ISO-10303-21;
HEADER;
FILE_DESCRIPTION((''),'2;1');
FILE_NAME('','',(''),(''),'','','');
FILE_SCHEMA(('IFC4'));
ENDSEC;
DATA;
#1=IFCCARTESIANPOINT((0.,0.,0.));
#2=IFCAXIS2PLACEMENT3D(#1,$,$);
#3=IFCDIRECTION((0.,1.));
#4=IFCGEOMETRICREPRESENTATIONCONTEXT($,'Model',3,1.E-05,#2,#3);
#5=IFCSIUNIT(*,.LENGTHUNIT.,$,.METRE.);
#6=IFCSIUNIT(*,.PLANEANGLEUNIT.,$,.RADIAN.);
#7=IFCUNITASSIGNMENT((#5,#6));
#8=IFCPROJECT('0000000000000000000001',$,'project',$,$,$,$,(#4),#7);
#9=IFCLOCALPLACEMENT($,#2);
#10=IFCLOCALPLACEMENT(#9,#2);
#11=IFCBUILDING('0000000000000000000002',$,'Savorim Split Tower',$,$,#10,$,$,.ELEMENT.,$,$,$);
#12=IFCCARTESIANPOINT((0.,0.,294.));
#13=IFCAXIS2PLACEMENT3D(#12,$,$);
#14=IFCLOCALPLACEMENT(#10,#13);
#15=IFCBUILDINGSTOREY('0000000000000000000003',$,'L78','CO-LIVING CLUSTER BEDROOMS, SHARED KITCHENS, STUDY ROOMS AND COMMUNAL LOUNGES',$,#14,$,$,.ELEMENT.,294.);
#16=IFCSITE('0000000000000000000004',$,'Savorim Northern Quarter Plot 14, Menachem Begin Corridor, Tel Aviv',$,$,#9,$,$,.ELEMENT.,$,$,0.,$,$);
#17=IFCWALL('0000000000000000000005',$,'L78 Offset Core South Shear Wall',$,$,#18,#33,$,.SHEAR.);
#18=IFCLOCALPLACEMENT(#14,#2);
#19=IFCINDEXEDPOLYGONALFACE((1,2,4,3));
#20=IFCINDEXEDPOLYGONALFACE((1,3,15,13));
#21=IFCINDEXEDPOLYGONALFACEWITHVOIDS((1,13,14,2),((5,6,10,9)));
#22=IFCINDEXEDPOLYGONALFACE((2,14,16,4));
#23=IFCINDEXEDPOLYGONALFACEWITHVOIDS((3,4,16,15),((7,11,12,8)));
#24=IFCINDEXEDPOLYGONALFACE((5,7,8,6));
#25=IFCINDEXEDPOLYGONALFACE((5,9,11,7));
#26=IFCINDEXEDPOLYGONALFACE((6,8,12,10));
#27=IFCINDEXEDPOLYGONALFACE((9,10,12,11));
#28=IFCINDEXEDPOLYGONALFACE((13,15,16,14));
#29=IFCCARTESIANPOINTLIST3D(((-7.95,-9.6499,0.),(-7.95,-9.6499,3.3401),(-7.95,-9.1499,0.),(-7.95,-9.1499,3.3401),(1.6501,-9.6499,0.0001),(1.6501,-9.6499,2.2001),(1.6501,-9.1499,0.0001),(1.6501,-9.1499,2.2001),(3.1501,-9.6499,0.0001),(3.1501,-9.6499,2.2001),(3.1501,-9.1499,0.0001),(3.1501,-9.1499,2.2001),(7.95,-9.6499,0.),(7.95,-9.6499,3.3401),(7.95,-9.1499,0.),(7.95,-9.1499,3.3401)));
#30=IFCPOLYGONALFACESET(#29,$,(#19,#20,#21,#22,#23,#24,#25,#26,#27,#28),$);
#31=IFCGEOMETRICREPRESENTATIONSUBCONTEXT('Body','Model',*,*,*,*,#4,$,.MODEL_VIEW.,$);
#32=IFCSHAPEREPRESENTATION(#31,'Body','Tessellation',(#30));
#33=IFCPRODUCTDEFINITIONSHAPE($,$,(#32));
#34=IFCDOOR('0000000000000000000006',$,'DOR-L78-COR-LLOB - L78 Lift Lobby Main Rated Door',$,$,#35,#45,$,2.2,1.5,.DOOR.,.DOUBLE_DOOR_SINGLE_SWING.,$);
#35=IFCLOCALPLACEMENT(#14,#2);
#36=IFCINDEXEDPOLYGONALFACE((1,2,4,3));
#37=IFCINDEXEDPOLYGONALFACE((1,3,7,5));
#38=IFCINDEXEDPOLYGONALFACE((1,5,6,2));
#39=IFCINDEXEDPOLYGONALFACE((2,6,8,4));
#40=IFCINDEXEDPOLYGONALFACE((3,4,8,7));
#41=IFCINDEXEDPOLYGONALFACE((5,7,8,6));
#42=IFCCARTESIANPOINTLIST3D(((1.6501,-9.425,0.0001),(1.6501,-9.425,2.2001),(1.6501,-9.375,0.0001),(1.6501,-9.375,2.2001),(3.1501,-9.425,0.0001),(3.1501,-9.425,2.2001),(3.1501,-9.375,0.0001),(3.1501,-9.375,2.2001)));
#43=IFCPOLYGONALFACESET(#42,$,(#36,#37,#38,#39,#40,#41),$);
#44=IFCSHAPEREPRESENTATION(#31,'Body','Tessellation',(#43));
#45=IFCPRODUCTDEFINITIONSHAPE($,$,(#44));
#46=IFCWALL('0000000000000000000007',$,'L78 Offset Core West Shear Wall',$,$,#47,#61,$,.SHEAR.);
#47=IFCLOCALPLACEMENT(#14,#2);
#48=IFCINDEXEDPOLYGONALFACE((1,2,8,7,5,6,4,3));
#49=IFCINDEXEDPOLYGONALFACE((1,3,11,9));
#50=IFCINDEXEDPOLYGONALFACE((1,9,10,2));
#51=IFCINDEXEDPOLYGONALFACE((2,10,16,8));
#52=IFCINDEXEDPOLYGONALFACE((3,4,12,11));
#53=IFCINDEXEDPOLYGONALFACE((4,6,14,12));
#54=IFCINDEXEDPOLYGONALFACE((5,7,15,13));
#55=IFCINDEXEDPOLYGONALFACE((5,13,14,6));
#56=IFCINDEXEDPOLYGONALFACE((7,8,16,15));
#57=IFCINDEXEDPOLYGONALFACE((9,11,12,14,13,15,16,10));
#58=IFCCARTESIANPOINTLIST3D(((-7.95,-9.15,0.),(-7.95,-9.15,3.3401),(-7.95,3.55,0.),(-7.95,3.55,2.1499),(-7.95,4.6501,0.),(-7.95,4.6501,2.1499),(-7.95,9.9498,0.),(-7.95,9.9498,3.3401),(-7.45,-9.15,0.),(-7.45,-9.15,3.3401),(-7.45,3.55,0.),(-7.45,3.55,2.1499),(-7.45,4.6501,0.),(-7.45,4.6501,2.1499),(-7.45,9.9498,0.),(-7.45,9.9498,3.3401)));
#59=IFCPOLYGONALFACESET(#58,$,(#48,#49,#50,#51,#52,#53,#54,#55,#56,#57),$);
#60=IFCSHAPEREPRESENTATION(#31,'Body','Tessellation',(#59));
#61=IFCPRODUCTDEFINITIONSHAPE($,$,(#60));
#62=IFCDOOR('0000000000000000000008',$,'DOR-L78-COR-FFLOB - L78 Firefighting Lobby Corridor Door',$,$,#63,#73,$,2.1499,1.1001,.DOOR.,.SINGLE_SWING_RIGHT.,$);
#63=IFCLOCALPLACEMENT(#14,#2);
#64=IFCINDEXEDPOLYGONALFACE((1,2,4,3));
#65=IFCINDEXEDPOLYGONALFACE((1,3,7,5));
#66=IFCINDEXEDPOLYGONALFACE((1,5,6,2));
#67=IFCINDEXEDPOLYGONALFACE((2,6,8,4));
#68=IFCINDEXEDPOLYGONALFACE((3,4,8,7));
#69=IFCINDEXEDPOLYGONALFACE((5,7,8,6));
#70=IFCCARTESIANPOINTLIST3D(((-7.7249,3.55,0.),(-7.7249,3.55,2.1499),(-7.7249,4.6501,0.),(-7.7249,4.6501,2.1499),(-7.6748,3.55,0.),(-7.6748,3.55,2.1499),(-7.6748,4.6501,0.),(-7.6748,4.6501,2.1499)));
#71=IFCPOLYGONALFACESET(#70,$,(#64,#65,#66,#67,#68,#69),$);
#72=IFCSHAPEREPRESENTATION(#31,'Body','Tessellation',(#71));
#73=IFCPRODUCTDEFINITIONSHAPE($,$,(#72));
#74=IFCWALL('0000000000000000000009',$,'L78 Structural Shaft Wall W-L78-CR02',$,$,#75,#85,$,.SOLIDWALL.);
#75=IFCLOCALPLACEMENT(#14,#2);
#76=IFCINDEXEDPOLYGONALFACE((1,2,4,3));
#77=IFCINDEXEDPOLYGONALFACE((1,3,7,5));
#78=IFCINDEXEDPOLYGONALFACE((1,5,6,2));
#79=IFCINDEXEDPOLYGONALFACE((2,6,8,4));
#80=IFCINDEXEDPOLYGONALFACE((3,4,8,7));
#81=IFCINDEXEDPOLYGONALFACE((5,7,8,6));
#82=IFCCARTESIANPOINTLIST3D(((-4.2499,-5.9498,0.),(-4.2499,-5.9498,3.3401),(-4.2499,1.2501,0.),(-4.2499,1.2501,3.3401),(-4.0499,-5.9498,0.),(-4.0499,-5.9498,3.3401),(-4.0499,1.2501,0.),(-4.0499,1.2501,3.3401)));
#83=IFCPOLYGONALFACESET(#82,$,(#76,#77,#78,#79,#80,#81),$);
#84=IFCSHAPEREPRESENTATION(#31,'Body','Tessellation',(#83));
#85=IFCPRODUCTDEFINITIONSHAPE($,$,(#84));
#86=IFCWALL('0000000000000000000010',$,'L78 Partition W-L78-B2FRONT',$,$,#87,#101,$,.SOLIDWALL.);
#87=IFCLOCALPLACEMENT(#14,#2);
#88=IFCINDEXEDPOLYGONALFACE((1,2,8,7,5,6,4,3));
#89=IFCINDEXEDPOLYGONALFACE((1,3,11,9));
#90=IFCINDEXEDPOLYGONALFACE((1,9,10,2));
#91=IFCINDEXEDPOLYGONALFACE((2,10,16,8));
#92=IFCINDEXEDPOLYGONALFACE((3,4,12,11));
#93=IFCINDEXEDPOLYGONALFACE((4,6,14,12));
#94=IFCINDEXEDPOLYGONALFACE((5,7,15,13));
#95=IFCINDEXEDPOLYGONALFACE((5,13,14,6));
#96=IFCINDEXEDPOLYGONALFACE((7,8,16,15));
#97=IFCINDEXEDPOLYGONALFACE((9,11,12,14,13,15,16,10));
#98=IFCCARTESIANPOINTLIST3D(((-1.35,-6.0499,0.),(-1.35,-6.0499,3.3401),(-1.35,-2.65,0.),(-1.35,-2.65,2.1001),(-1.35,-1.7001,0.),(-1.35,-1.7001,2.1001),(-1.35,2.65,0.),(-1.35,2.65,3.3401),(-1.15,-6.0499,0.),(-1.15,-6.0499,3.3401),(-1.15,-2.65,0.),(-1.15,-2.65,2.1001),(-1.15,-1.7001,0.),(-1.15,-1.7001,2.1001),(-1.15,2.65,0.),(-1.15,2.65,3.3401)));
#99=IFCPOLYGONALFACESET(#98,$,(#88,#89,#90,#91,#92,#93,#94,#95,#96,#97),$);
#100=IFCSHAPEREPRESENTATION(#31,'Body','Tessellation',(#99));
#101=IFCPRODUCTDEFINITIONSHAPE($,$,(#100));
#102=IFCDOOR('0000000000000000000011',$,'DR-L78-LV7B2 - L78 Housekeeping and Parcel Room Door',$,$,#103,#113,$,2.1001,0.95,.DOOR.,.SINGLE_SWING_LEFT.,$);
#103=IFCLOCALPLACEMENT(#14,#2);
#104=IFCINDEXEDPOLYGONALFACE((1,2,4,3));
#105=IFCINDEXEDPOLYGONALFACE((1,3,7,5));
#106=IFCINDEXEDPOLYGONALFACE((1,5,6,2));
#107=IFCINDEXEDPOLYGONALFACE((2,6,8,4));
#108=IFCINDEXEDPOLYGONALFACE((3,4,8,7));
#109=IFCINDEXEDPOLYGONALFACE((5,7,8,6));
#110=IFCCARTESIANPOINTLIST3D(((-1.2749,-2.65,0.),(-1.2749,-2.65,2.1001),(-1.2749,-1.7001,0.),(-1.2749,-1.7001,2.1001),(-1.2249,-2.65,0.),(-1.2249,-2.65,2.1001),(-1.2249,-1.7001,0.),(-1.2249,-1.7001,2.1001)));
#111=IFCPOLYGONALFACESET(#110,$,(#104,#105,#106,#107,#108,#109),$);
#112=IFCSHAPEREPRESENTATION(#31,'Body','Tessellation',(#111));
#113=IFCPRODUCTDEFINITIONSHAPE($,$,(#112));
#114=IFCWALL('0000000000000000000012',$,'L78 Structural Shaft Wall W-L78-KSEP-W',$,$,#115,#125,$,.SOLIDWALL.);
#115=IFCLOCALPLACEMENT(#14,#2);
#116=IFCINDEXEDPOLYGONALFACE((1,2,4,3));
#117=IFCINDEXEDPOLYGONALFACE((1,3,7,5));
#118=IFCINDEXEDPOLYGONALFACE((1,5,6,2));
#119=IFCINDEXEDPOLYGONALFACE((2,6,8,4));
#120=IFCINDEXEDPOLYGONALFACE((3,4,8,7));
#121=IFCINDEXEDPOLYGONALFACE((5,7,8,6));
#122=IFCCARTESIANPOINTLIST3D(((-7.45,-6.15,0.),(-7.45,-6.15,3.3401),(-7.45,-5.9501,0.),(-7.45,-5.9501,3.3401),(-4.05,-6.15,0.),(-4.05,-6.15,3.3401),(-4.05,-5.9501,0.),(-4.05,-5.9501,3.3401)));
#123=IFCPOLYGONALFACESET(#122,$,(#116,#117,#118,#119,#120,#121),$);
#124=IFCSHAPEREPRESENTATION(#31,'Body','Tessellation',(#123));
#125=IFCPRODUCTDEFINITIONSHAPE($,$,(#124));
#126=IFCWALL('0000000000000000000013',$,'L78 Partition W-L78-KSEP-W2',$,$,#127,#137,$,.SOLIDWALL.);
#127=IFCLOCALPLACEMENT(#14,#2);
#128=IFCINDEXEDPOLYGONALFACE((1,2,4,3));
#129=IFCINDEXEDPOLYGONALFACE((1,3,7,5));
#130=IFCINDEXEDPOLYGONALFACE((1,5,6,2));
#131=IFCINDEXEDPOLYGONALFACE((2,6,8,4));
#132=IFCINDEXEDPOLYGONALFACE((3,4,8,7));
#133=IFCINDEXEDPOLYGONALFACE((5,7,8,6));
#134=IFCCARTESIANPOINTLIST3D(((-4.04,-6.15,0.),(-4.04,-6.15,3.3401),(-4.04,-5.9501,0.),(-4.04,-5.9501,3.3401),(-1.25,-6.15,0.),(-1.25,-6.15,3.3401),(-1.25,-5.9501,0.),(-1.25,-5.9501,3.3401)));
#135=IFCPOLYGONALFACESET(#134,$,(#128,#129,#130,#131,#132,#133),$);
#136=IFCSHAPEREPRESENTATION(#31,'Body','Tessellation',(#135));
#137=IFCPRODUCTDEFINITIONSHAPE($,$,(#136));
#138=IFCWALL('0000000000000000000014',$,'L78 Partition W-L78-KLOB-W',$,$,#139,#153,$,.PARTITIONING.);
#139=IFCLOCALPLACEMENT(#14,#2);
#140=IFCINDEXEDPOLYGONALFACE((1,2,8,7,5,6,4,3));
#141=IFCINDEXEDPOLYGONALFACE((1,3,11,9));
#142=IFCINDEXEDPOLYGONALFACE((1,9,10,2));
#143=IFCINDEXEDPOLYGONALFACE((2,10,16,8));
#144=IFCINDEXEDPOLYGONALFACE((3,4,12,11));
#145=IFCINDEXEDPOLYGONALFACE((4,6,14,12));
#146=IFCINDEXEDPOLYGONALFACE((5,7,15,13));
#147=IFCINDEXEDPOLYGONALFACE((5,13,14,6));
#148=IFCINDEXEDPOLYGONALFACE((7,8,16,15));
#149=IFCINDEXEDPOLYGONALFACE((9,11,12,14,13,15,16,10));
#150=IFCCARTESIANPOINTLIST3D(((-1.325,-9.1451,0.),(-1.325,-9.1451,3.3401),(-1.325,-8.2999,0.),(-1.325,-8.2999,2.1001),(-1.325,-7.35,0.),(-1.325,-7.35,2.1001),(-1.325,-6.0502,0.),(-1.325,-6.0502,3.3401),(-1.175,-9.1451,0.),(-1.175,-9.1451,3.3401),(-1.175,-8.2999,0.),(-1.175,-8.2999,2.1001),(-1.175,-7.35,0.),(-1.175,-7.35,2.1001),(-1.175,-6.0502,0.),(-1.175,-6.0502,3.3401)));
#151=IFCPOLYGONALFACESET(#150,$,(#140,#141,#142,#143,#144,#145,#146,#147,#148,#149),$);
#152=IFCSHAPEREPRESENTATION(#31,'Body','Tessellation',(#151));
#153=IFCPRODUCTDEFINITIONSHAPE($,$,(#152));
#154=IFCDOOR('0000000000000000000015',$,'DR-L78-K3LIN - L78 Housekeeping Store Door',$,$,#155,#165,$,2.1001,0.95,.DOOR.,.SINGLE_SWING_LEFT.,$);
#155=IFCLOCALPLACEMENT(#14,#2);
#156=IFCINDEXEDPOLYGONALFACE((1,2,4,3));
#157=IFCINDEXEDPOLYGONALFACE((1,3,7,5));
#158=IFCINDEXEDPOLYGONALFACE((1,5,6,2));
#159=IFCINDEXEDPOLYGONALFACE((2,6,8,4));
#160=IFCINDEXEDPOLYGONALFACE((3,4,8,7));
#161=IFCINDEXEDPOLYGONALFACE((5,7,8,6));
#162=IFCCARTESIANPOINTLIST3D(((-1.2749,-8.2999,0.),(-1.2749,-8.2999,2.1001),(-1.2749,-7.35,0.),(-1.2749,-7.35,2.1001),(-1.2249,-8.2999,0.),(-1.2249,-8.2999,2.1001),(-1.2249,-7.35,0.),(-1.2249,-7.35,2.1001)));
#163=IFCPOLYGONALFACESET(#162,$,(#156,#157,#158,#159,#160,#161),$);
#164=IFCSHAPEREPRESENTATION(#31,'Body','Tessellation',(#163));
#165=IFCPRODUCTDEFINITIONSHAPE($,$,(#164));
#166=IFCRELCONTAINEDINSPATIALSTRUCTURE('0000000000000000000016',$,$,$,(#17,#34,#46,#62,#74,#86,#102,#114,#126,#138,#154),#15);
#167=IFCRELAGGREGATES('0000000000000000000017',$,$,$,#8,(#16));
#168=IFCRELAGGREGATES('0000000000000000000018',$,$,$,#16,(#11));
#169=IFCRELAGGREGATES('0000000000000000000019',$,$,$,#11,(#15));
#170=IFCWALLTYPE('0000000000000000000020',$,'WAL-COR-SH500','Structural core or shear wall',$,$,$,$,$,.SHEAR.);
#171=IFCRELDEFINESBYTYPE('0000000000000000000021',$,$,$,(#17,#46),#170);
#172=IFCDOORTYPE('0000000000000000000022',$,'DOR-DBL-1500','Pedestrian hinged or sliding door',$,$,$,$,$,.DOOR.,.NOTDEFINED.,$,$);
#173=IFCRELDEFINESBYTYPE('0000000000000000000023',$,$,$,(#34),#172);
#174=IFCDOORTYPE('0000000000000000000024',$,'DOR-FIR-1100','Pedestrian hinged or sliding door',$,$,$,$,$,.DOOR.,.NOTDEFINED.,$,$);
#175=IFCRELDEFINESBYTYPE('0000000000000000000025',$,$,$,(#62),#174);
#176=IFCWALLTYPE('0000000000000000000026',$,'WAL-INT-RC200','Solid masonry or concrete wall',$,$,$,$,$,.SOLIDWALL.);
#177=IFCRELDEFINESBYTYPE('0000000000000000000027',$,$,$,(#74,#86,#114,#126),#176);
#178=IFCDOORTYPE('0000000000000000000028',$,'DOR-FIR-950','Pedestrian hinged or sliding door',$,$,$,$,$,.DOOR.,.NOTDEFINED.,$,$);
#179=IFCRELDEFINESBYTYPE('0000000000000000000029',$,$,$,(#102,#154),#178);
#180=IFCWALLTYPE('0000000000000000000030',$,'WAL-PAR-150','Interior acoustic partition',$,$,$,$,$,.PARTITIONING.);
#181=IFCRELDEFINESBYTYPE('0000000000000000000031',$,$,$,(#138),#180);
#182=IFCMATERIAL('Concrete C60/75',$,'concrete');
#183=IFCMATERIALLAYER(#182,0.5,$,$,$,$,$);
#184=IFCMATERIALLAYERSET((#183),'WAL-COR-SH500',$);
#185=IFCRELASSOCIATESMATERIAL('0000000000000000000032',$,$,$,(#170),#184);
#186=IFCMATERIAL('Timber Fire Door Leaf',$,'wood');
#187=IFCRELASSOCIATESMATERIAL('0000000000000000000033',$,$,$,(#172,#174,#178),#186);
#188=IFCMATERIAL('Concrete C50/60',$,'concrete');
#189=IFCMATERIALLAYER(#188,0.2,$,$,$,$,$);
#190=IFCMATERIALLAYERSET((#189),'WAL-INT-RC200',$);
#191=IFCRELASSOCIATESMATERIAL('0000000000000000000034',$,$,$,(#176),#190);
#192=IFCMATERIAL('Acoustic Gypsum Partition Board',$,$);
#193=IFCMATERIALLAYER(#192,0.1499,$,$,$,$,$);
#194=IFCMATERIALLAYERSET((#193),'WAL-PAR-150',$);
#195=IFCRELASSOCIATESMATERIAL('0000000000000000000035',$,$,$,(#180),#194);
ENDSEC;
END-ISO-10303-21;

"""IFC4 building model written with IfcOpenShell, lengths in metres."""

from ifc_helpers import new_model, si_unit, direction, frame, frame_2d, origin, place, context, subcontext, project, spatial, rectangle, extrude, material, layer, layer_set, type_object, element, fill, save


model = new_model("IFC4")

# Units and contexts
model_context = context("Model", 3, precision=1e-05, world=origin(), true_north=direction((0.0, 1.0)))
body_context = subcontext(model_context, "Body", "Model", "MODEL_VIEW")
ifc_project = project(units=[si_unit("LENGTHUNIT", "METRE"), si_unit("PLANEANGLEUNIT", "RADIAN")], contexts=[model_context])

# Site, building, storey
site_placement = place(None, origin())
site = spatial("IfcSite", under=ifc_project, at=site_placement, Name="Savorim Northern Quarter Plot 14, Menachem Begin Corridor, Tel Aviv", CompositionType="ELEMENT", RefElevation=0.0)
building_placement = place(site_placement, origin())
building = spatial("IfcBuilding", under=site, at=building_placement, Name="Savorim Split Tower", CompositionType="ELEMENT")
storey_placement = place(building_placement, frame((0.0, 0.0, 294.0)))
storey = spatial("IfcBuildingStorey", under=building, at=storey_placement, Name="L78", Description="CO-LIVING CLUSTER BEDROOMS, SHARED KITCHENS, STUDY ROOMS AND COMMUNAL LOUNGES", CompositionType="ELEMENT", Elevation=294.0)

# Walls, openings, doors
ifc_material_1 = material(Name="Concrete C60/75", Category="concrete")
ifc_layer_1 = layer(ifc_material_1, 0.5)
ifc_layer_set_1 = layer_set([ifc_layer_1], Name="WAL-COR-SH500")
wall_type_1 = type_object("IfcWallType", Name="WAL-COR-SH500", Description="Structural core or shear wall", PredefinedType="SHEAR", material=ifc_layer_set_1)
wall_1_placement = place(storey_placement, frame((-7.95, -9.3999, 0.0), z_axis=(0.0, 0.0, 1.0), x_axis=(1.0, 0.0, 0.0)))
wall_1 = element("IfcWall", 1, at=wall_1_placement, inside=storey, type_object=wall_type_1, Name="L78 Offset Core South Shear Wall", PredefinedType="SHEAR", context=body_context, shape_type="SweptSolid", body=[
    extrude(rectangle(XDim=15.8999, YDim=0.5, at=frame_2d((7.95, 0.0))), origin(), (0.0, 0.0, 1.0), 3.3401),
])
opening_1_placement = place(wall_1_placement, frame((9.6001, 0.0, 0.0)))
opening_1 = element("IfcOpeningElement", 2, at=opening_1_placement, cuts=wall_1, PredefinedType="OPENING", context=body_context, shape_type="SweptSolid", body=[
    extrude(rectangle(XDim=1.5, YDim=2.2, at=frame_2d((0.75, 1.1001))), frame((0.0, 0.26, 0.0), z_axis=(0.0, -1.0, 0.0), x_axis=(1.0, 0.0, 0.0)), (0.0, 0.0, 1.0), 0.52),
])
ifc_material_2 = material(Name="Timber Fire Door Leaf", Category="wood")
door_type_1 = type_object("IfcDoorType", Name="DOR-DBL-1500", Description="Pedestrian hinged or sliding door", OperationType="NOTDEFINED", PredefinedType="DOOR", material=ifc_material_2)
door_1_placement = place(opening_1_placement, origin())
door_1 = element("IfcDoor", 3, at=door_1_placement, inside=storey, type_object=door_type_1, Name="DOR-L78-COR-LLOB - L78 Lift Lobby Main Rated Door", OperationType="DOUBLE_DOOR_SINGLE_SWING", OverallHeight=2.2, OverallWidth=1.5, PredefinedType="DOOR", context=body_context, shape_type="SweptSolid", body=[
    extrude(rectangle(XDim=1.5, YDim=2.2, at=frame_2d((0.75, 1.1001))), frame((0.0, 0.0249, 0.0), z_axis=(0.0, -1.0, 0.0), x_axis=(1.0, 0.0, 0.0)), (0.0, 0.0, 1.0), 0.05),
])
fill(opening_1, door_1)
wall_2_placement = place(storey_placement, frame((-7.7, -9.1499, 0.0), z_axis=(0.0, 0.0, 1.0), x_axis=(0.0, 1.0, 0.0)))
wall_2 = element("IfcWall", 4, at=wall_2_placement, inside=storey, type_object=wall_type_1, Name="L78 Offset Core West Shear Wall", PredefinedType="SHEAR", context=body_context, shape_type="SweptSolid", body=[
    extrude(rectangle(XDim=19.0999, YDim=0.5, at=frame_2d((9.5498, 0.0))), origin(), (0.0, 0.0, 1.0), 3.3401),
])
opening_2_placement = place(wall_2_placement, frame((12.7, 0.0, 0.0)))
opening_2 = element("IfcOpeningElement", 5, at=opening_2_placement, cuts=wall_2, PredefinedType="OPENING", context=body_context, shape_type="SweptSolid", body=[
    extrude(rectangle(XDim=1.1001, YDim=2.1499, at=frame_2d((0.55, 1.075))), frame((0.0, 0.26, 0.0), z_axis=(0.0, -1.0, 0.0), x_axis=(1.0, 0.0, 0.0)), (0.0, 0.0, 1.0), 0.52),
])
door_type_2 = type_object("IfcDoorType", Name="DOR-FIR-1100", Description="Pedestrian hinged or sliding door", OperationType="NOTDEFINED", PredefinedType="DOOR", material=ifc_material_2)
door_2_placement = place(opening_2_placement, origin())
door_2 = element("IfcDoor", 6, at=door_2_placement, inside=storey, type_object=door_type_2, Name="DOR-L78-COR-FFLOB - L78 Firefighting Lobby Corridor Door", OperationType="SINGLE_SWING_RIGHT", OverallHeight=2.1499, OverallWidth=1.1001, PredefinedType="DOOR", context=body_context, shape_type="SweptSolid", body=[
    extrude(rectangle(XDim=1.1001, YDim=2.1499, at=frame_2d((0.55, 1.075))), frame((0.0, 0.0249, 0.0), z_axis=(0.0, -1.0, 0.0), x_axis=(1.0, 0.0, 0.0)), (0.0, 0.0, 1.0), 0.05),
])
fill(opening_2, door_2)

# Wall
ifc_material_3 = material(Name="Concrete C50/60", Category="concrete")
ifc_layer_2 = layer(ifc_material_3, 0.2)
ifc_layer_set_2 = layer_set([ifc_layer_2], Name="WAL-INT-RC200")
wall_type_2 = type_object("IfcWallType", Name="WAL-INT-RC200", Description="Solid masonry or concrete wall", PredefinedType="SOLIDWALL", material=ifc_layer_set_2)
wall_3_placement = place(storey_placement, frame((-4.1499, -5.95, 0.0), z_axis=(0.0, 0.0, 1.0), x_axis=(0.0, 1.0, 0.0)))
element("IfcWall", 7, at=wall_3_placement, inside=storey, type_object=wall_type_2, Name="L78 Structural Shaft Wall W-L78-CR02", PredefinedType="SOLIDWALL", context=body_context, shape_type="SweptSolid", body=[
    extrude(rectangle(XDim=7.2, YDim=0.2, at=frame_2d((3.6001, 0.0))), origin(), (0.0, 0.0, 1.0), 3.3401),
])

# Wall, opening, door
wall_4_placement = place(storey_placement, frame((-1.25, -6.05, 0.0), z_axis=(0.0, 0.0, 1.0), x_axis=(0.0, 1.0, 0.0)))
wall_4 = element("IfcWall", 8, at=wall_4_placement, inside=storey, type_object=wall_type_2, Name="L78 Partition W-L78-B2FRONT", PredefinedType="SOLIDWALL", context=body_context, shape_type="SweptSolid", body=[
    extrude(rectangle(XDim=8.7, YDim=0.2, at=frame_2d((4.3501, 0.0))), origin(), (0.0, 0.0, 1.0), 3.3401),
])
opening_3_placement = place(wall_4_placement, frame((3.3999, 0.0, 0.0)))
opening_3 = element("IfcOpeningElement", 9, at=opening_3_placement, cuts=wall_4, PredefinedType="OPENING", context=body_context, shape_type="SweptSolid", body=[
    extrude(rectangle(XDim=0.95, YDim=2.1001, at=frame_2d((0.4751, 1.05))), frame((0.0, 0.1099, 0.0), z_axis=(0.0, -1.0, 0.0), x_axis=(1.0, 0.0, 0.0)), (0.0, 0.0, 1.0), 0.22),
])
door_type_3 = type_object("IfcDoorType", Name="DOR-FIR-950", Description="Pedestrian hinged or sliding door", OperationType="NOTDEFINED", PredefinedType="DOOR", material=ifc_material_2)
door_3_placement = place(opening_3_placement, origin())
door_3 = element("IfcDoor", 10, at=door_3_placement, inside=storey, type_object=door_type_3, Name="DR-L78-LV7B2 - L78 Housekeeping and Parcel Room Door", OperationType="SINGLE_SWING_LEFT", OverallHeight=2.1001, OverallWidth=0.95, PredefinedType="DOOR", context=body_context, shape_type="SweptSolid", body=[
    extrude(rectangle(XDim=0.95, YDim=2.1001, at=frame_2d((0.4751, 1.05))), frame((0.0, 0.0249, 0.0), z_axis=(0.0, -1.0, 0.0), x_axis=(1.0, 0.0, 0.0)), (0.0, 0.0, 1.0), 0.05),
])
fill(opening_3, door_3)

# Walls
wall_5_placement = place(storey_placement, frame((-7.45, -6.05, 0.0), z_axis=(0.0, 0.0, 1.0), x_axis=(1.0, 0.0, 0.0)))
element("IfcWall", 11, at=wall_5_placement, inside=storey, type_object=wall_type_2, Name="L78 Structural Shaft Wall W-L78-KSEP-W", PredefinedType="SOLIDWALL", context=body_context, shape_type="SweptSolid", body=[
    extrude(rectangle(XDim=3.3999, YDim=0.2, at=frame_2d((1.7, 0.0))), origin(), (0.0, 0.0, 1.0), 3.3401),
])
wall_6_placement = place(storey_placement, frame((-4.04, -6.05, 0.0), z_axis=(0.0, 0.0, 1.0), x_axis=(1.0, 0.0, 0.0)))
element("IfcWall", 12, at=wall_6_placement, inside=storey, type_object=wall_type_2, Name="L78 Partition W-L78-KSEP-W2", PredefinedType="SOLIDWALL", context=body_context, shape_type="SweptSolid", body=[
    extrude(rectangle(XDim=2.79, YDim=0.2, at=frame_2d((1.395, 0.0))), origin(), (0.0, 0.0, 1.0), 3.3401),
])

# Wall, opening, door
ifc_material_4 = material(Name="Acoustic Gypsum Partition Board")
ifc_layer_3 = layer(ifc_material_4, 0.1499)
ifc_layer_set_3 = layer_set([ifc_layer_3], Name="WAL-PAR-150")
wall_type_3 = type_object("IfcWallType", Name="WAL-PAR-150", Description="Interior acoustic partition", PredefinedType="PARTITIONING", material=ifc_layer_set_3)
wall_7_placement = place(storey_placement, frame((-1.25, -9.145, 0.0), z_axis=(0.0, 0.0, 1.0), x_axis=(0.0, 1.0, 0.0)))
wall_7 = element("IfcWall", 13, at=wall_7_placement, inside=storey, type_object=wall_type_3, Name="L78 Partition W-L78-KLOB-W", PredefinedType="PARTITIONING", context=body_context, shape_type="SweptSolid", body=[
    extrude(rectangle(XDim=3.095, YDim=0.1499, at=frame_2d((1.5474, 0.0))), origin(), (0.0, 0.0, 1.0), 3.3401),
])
opening_4_placement = place(wall_7_placement, frame((0.845, 0.0, 0.0)))
opening_4 = element("IfcOpeningElement", 14, at=opening_4_placement, cuts=wall_7, PredefinedType="OPENING", context=body_context, shape_type="SweptSolid", body=[
    extrude(rectangle(XDim=0.95, YDim=2.1001, at=frame_2d((0.4751, 1.05))), frame((0.0, 0.085, 0.0), z_axis=(0.0, -1.0, 0.0), x_axis=(1.0, 0.0, 0.0)), (0.0, 0.0, 1.0), 0.1699),
])
door_4_placement = place(opening_4_placement, origin())
door_4 = element("IfcDoor", 15, at=door_4_placement, inside=storey, type_object=door_type_3, Name="DR-L78-K3LIN - L78 Housekeeping Store Door", OperationType="SINGLE_SWING_LEFT", OverallHeight=2.1001, OverallWidth=0.95, PredefinedType="DOOR", context=body_context, shape_type="SweptSolid", body=[
    extrude(rectangle(XDim=0.95, YDim=2.1001, at=frame_2d((0.4751, 1.05))), frame((0.0, 0.0249, 0.0), z_axis=(0.0, -1.0, 0.0), x_axis=(1.0, 0.0, 0.0)), (0.0, 0.0, 1.0), 0.05),
])
fill(opening_4, door_4)

save(model, "model.ifc")
